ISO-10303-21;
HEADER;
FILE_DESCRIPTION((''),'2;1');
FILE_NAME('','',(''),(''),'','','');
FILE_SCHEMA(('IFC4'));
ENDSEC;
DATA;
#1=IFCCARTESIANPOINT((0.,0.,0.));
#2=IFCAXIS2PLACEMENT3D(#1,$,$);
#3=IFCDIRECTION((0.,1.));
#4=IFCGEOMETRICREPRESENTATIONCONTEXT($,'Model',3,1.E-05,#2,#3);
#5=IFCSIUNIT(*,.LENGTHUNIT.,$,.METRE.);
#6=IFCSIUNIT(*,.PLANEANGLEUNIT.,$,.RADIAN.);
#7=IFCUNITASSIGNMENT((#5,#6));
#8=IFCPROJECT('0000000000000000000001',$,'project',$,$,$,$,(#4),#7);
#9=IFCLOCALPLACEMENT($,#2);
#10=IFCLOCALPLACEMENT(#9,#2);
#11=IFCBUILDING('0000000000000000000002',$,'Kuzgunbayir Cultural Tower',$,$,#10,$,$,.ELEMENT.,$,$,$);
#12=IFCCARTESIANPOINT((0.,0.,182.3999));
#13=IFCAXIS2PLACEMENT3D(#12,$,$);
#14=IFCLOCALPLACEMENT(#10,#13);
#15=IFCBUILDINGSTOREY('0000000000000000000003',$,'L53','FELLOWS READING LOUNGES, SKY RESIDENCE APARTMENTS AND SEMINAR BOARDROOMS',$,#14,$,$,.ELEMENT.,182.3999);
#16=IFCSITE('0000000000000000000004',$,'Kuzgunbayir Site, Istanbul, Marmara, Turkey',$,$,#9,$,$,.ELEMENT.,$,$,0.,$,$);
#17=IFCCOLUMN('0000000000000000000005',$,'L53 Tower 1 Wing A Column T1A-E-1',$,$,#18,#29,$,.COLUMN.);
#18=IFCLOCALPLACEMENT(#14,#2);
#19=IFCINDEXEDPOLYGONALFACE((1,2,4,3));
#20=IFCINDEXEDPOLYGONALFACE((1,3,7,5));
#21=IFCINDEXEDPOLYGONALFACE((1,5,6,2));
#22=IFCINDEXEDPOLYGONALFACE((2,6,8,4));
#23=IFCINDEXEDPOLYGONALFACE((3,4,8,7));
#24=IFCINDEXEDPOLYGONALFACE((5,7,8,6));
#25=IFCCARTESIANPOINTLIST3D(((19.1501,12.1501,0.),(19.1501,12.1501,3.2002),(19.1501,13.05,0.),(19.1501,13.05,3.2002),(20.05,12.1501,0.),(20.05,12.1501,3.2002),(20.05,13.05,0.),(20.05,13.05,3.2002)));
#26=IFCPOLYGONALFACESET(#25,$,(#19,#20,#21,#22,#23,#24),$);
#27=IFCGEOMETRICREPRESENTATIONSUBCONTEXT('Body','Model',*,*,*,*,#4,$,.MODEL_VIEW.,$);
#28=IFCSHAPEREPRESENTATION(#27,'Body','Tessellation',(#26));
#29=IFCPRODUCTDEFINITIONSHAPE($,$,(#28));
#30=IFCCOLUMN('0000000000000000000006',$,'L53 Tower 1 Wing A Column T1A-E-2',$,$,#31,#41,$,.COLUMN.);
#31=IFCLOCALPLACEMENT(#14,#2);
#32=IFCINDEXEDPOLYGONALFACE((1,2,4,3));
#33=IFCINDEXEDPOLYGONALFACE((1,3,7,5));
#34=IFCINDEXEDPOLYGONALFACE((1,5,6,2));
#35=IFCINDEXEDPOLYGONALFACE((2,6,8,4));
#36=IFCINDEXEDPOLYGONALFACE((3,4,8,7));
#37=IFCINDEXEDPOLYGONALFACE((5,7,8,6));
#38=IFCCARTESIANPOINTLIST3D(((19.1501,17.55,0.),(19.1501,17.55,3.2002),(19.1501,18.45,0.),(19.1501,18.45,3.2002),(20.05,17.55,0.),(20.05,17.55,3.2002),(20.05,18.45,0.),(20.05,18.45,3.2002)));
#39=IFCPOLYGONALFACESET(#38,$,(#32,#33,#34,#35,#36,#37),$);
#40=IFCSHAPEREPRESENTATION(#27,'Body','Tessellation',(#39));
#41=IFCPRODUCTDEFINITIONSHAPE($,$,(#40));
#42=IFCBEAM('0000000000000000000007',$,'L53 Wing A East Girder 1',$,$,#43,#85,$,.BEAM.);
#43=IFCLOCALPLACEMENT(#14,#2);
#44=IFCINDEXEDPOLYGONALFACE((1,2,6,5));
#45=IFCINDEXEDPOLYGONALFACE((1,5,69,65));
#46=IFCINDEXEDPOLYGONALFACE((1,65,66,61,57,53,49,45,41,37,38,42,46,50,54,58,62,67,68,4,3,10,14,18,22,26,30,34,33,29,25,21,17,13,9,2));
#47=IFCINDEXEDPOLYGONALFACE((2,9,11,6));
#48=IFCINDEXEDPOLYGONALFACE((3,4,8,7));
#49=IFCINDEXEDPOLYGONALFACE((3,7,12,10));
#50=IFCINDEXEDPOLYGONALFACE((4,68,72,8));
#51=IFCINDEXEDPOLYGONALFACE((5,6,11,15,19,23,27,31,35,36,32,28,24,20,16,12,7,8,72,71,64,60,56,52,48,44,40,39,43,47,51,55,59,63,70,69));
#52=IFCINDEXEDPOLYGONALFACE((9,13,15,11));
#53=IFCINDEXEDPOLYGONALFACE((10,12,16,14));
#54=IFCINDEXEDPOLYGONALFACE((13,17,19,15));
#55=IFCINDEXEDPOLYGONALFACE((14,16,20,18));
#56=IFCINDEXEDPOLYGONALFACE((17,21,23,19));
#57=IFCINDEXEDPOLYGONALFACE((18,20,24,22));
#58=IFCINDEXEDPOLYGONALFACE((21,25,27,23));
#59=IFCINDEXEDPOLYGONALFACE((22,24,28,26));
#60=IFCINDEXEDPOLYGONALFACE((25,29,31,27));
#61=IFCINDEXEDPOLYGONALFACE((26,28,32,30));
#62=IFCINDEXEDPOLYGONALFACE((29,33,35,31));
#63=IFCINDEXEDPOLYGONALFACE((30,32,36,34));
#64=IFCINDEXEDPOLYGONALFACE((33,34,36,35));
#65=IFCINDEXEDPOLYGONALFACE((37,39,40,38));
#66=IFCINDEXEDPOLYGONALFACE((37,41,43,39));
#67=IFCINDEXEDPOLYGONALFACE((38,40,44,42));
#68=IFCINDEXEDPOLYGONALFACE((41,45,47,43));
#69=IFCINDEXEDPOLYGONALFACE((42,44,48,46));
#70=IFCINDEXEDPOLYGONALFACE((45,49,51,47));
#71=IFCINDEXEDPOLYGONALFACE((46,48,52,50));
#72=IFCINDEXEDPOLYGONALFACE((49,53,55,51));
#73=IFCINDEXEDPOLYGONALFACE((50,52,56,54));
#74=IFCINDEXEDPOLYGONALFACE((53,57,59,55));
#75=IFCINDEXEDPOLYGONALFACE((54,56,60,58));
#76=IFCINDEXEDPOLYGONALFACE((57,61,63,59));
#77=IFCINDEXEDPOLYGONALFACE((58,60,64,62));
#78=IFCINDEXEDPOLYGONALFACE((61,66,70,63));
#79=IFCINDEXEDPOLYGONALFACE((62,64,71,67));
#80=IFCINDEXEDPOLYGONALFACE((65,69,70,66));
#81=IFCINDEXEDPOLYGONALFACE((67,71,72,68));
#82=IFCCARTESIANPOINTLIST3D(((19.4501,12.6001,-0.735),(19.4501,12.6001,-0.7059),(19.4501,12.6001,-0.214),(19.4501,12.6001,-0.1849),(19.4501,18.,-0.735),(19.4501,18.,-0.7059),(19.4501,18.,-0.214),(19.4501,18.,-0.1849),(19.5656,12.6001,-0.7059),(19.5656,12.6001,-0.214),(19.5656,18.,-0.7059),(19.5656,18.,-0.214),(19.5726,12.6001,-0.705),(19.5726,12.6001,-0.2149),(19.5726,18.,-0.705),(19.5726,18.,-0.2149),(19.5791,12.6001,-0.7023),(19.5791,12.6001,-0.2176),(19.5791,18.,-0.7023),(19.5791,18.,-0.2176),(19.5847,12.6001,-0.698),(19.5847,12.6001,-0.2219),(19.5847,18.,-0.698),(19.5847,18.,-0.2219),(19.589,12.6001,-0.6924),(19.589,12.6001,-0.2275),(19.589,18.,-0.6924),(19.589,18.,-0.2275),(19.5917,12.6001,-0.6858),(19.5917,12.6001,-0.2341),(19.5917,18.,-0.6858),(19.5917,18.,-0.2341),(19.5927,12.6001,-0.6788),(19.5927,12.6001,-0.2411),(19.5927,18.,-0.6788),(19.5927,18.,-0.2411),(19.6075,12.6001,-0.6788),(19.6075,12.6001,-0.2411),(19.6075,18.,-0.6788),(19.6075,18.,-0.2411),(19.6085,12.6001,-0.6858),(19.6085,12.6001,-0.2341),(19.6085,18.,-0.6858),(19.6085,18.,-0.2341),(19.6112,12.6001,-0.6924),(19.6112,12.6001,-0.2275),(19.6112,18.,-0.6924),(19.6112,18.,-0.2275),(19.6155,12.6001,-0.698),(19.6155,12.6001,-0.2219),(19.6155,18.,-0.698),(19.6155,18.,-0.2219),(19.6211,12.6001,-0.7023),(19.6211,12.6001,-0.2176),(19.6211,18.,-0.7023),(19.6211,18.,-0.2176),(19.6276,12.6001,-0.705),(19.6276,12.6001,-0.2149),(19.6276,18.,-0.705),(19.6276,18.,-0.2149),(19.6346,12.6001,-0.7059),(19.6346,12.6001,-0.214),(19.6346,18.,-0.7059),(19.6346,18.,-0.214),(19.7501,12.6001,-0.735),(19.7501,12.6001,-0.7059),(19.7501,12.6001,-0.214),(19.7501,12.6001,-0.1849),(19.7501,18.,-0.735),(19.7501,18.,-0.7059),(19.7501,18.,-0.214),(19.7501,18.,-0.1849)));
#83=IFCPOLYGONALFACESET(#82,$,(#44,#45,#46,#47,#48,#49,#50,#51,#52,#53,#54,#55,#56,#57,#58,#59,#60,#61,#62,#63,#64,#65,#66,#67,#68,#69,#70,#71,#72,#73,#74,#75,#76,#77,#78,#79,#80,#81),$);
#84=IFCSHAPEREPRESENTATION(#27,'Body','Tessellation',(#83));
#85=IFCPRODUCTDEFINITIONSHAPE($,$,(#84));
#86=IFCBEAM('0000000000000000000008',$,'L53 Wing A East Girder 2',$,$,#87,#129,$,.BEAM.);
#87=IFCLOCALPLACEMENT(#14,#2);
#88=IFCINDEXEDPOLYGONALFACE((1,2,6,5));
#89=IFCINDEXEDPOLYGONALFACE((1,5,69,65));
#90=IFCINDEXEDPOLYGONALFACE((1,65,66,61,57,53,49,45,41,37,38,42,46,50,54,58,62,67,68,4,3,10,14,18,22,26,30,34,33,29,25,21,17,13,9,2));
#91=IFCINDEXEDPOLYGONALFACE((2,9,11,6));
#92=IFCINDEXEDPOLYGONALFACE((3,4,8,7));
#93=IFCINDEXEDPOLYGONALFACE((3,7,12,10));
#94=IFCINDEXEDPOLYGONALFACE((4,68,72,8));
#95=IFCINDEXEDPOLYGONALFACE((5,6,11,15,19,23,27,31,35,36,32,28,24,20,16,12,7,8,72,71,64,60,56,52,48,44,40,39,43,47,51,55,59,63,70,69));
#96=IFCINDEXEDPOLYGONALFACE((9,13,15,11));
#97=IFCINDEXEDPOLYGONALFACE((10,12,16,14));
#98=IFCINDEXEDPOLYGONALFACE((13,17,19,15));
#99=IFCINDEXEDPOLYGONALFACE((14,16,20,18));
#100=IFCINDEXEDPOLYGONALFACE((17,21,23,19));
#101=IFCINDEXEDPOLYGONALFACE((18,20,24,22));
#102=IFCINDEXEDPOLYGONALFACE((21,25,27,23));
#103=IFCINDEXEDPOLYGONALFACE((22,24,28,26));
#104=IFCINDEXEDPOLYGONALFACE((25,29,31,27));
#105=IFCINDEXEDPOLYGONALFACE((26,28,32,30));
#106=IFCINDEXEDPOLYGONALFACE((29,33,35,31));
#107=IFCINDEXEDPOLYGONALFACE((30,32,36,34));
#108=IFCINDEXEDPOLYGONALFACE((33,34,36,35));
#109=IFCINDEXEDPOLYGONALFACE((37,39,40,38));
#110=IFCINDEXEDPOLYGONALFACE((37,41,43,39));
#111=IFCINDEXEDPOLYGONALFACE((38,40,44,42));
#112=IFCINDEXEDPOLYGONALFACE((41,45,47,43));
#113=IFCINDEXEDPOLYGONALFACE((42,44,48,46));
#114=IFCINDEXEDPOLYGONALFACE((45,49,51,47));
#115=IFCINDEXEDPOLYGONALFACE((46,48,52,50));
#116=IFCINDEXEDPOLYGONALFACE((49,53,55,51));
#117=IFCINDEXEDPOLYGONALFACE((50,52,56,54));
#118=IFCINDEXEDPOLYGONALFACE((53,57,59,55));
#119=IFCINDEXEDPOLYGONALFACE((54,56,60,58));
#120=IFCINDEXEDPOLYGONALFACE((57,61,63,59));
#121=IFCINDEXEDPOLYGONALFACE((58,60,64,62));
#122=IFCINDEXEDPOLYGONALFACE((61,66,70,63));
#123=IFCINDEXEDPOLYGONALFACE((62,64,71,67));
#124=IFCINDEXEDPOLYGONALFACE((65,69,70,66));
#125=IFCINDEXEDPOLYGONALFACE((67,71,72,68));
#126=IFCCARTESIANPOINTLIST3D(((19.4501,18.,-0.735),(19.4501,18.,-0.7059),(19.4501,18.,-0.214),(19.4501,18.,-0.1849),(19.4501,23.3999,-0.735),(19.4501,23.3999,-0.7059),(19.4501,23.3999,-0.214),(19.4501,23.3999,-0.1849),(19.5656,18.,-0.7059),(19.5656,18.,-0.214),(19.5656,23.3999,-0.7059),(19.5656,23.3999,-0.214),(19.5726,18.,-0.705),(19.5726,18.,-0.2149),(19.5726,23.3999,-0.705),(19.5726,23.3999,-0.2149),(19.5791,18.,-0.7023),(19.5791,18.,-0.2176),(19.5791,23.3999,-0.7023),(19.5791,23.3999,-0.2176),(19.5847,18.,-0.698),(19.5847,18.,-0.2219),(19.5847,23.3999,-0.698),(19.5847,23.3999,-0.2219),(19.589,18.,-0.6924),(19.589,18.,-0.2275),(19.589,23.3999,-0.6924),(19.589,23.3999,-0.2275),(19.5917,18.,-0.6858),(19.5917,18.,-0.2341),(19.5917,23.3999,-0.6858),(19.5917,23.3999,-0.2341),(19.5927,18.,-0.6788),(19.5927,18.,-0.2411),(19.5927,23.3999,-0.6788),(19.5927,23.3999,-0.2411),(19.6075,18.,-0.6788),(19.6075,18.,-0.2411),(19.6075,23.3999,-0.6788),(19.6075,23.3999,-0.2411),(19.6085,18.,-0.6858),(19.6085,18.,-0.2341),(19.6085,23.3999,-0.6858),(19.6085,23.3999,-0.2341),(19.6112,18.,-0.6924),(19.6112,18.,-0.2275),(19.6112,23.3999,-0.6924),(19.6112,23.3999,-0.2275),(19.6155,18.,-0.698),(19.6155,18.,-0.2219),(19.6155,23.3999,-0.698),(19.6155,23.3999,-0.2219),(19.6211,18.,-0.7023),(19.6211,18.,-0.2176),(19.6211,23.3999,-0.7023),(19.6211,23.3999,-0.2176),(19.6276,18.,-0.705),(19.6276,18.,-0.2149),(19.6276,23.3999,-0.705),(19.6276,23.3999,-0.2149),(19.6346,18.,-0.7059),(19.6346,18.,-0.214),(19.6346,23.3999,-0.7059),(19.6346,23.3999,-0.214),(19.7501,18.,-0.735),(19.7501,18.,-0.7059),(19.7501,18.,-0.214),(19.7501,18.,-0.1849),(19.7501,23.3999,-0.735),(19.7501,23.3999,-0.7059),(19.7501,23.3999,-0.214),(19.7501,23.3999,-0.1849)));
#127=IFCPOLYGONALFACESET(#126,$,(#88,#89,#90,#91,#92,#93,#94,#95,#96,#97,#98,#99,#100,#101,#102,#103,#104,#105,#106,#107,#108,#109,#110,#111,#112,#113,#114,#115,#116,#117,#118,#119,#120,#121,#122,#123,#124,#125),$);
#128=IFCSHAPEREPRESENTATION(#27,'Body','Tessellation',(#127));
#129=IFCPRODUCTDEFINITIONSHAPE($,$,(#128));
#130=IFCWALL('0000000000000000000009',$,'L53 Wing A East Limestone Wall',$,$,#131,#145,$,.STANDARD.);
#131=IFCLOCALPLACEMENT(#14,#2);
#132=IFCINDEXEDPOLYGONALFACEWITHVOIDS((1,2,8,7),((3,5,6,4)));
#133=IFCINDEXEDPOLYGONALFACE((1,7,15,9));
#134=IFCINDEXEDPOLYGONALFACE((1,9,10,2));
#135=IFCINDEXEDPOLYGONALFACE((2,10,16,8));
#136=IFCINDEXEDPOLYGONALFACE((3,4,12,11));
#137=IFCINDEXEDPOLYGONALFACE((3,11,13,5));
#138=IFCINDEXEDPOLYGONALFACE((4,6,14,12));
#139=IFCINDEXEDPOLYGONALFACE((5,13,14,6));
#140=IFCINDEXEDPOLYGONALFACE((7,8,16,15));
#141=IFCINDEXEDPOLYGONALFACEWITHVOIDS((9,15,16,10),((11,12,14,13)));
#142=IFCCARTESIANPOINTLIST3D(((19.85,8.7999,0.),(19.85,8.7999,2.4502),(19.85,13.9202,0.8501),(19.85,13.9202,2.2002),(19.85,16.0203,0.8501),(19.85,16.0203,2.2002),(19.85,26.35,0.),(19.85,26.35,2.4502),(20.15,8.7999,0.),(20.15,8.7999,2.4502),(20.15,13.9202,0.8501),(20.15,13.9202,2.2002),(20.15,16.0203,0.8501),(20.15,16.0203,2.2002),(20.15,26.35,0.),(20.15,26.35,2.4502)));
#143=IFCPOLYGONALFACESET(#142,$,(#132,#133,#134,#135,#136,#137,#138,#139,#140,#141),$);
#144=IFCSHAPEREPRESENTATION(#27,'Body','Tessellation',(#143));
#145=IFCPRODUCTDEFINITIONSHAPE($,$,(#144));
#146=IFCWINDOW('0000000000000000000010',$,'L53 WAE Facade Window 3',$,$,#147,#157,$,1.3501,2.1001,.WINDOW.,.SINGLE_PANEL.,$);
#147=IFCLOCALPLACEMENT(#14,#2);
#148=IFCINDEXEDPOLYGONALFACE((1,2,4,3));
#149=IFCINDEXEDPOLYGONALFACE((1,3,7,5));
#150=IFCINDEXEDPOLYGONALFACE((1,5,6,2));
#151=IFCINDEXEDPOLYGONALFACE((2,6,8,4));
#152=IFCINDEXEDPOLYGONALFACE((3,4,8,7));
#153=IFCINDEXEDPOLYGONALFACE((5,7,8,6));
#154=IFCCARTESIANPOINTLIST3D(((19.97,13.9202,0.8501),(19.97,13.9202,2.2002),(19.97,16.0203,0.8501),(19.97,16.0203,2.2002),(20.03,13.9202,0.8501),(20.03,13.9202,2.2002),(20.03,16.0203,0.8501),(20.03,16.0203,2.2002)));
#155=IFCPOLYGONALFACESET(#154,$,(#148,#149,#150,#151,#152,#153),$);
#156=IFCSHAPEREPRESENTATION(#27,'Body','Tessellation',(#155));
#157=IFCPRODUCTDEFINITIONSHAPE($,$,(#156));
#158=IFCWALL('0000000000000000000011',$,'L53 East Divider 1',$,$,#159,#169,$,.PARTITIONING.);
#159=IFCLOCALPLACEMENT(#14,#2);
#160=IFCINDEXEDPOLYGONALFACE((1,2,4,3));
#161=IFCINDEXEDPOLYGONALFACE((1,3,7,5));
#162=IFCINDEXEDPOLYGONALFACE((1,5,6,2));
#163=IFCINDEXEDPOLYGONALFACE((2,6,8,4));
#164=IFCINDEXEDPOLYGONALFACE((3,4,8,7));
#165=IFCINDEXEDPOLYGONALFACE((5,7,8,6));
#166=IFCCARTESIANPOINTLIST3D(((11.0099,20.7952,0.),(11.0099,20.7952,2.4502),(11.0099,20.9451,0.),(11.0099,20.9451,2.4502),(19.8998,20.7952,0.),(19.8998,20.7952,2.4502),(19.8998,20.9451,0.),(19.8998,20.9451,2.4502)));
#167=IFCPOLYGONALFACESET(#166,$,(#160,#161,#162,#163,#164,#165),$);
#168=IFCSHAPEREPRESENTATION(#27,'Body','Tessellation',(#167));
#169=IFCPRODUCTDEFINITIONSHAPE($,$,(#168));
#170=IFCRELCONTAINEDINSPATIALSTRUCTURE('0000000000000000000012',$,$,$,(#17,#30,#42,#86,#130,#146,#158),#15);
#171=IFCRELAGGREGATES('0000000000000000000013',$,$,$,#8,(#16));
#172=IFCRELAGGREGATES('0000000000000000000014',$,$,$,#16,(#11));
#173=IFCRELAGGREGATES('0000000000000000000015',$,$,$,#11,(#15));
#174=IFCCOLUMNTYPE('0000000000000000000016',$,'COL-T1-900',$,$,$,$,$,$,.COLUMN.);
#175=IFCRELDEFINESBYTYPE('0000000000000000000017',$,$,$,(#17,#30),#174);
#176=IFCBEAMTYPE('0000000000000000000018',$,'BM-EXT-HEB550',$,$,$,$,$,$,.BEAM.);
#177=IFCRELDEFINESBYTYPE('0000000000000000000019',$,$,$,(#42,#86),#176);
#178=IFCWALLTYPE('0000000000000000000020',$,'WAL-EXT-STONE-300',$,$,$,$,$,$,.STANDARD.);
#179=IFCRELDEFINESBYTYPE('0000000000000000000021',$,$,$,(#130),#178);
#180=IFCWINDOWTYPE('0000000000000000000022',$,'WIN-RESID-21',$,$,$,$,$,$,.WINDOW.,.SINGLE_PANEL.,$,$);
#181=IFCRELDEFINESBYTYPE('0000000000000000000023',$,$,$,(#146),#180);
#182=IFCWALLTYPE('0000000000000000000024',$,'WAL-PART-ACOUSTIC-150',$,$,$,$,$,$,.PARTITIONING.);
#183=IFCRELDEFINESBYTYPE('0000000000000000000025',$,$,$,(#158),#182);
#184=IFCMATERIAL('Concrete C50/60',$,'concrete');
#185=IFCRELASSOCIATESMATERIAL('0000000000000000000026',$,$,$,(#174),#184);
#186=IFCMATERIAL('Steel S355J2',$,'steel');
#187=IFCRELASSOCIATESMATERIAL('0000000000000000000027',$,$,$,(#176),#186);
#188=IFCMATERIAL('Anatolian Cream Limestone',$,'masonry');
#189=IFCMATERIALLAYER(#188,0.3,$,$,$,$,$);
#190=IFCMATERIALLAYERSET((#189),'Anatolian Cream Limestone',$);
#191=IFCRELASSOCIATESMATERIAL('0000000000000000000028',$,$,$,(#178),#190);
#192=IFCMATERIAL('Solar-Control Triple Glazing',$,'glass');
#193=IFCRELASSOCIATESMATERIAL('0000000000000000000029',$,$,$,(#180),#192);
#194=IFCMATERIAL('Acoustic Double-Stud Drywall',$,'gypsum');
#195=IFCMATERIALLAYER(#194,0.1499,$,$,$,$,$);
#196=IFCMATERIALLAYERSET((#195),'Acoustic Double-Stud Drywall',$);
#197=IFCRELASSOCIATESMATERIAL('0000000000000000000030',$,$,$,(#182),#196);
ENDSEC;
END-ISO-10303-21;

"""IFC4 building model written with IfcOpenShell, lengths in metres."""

from ifc_helpers import new_model, si_unit, direction, frame, frame_2d, origin, origin_2d, place, context, subcontext, project, spatial, rectangle, i_section, extrude, material, layer, layer_set, material_profile, profile_set, type_object, element, fill, save


model = new_model("IFC4")

# Units and contexts
model_context = context("Model", 3, precision=1e-05, world=origin(), true_north=direction((0.0, 1.0)))
body_context = subcontext(model_context, "Body", "Model", "MODEL_VIEW")
ifc_project = project(units=[si_unit("LENGTHUNIT", "METRE"), si_unit("PLANEANGLEUNIT", "RADIAN")], contexts=[model_context])

# Site, building, storey
site_placement = place(None, origin())
site = spatial("IfcSite", under=ifc_project, at=site_placement, Name="Kuzgunbayir Site, Istanbul, Marmara, Turkey", CompositionType="ELEMENT", RefElevation=0.0)
building_placement = place(site_placement, origin())
building = spatial("IfcBuilding", under=site, at=building_placement, Name="Kuzgunbayir Cultural Tower", CompositionType="ELEMENT")
storey_placement = place(building_placement, frame((0.0, 0.0, 182.3999)))
storey = spatial("IfcBuildingStorey", under=building, at=storey_placement, Name="L53", Description="FELLOWS READING LOUNGES, SKY RESIDENCE APARTMENTS AND SEMINAR BOARDROOMS", CompositionType="ELEMENT", Elevation=182.3999)

# Columns
ifc_material_1 = material(Name="Concrete C50/60", Category="concrete")
ifc_material_profile_1 = material_profile(ifc_material_1, rectangle(XDim=0.8999, YDim=0.8999, at=origin_2d()), Name="RC 900x900")
ifc_profile_set_1 = profile_set([ifc_material_profile_1], Name="Concrete C50/60")
column_type = type_object("IfcColumnType", Name="COL-T1-900", PredefinedType="COLUMN", material=ifc_profile_set_1)
for number, where, z_axis, x_axis, name in (
    (1, (19.6001, 12.6001, 0.0), (0.0, 0.0, 1.0), (1.0, 0.0, 0.0), "L53 Tower 1 Wing A Column T1A-E-1"),
    (2, (19.6001, 18.0, 0.0), (0.0, 0.0, 1.0), (1.0, 0.0, 0.0), "L53 Tower 1 Wing A Column T1A-E-2"),
):
    element("IfcColumn", number, at=place(storey_placement, frame(where, z_axis=z_axis, x_axis=x_axis)), inside=storey, type_object=column_type, Name=name, PredefinedType="COLUMN", context=body_context, shape_type="SweptSolid", body=[
        extrude(rectangle(XDim=0.8999, YDim=0.8999, at=origin_2d()), origin(), (0.0, 0.0, 1.0), 3.2002),
    ])

# Beams
ifc_material_2 = material(Name="Steel S355J2", Category="steel")
ifc_material_profile_2 = material_profile(ifc_material_2, i_section(OverallWidth=0.3, OverallDepth=0.55, WebThickness=0.0149, FlangeThickness=0.0291, FilletRadius=0.0271, at=origin_2d()), Name="HEB 550")
ifc_profile_set_2 = profile_set([ifc_material_profile_2], Name="Steel S355J2")
beam_type = type_object("IfcBeamType", Name="BM-EXT-HEB550", PredefinedType="BEAM", material=ifc_profile_set_2)
for number, where, z_axis, x_axis, name in (
    (3, (19.6001, 12.6001, -0.46), (0.0, 1.0, 0.0), (-1.0, 0.0, 0.0), "L53 Wing A East Girder 1"),
    (4, (19.6001, 18.0, -0.46), (0.0, 1.0, 0.0), (-1.0, 0.0, 0.0), "L53 Wing A East Girder 2"),
):
    element("IfcBeam", number, at=place(storey_placement, frame(where, z_axis=z_axis, x_axis=x_axis)), inside=storey, type_object=beam_type, Name=name, PredefinedType="BEAM", context=body_context, shape_type="SweptSolid", body=[
        extrude(i_section(OverallWidth=0.3, OverallDepth=0.55, WebThickness=0.0149, FlangeThickness=0.0291, FilletRadius=0.0271, at=origin_2d()), origin(), (0.0, 0.0, 1.0), 5.3999),
    ])

# Wall, opening, window
ifc_material_3 = material(Name="Anatolian Cream Limestone", Category="masonry")
ifc_layer_1 = layer(ifc_material_3, 0.3)
ifc_layer_set_1 = layer_set([ifc_layer_1], Name="Anatolian Cream Limestone")
wall_type_1 = type_object("IfcWallType", Name="WAL-EXT-STONE-300", PredefinedType="STANDARD", material=ifc_layer_set_1)
wall_1_placement = place(storey_placement, frame((20.0, 8.8, 0.0), z_axis=(0.0, 0.0, 1.0), x_axis=(0.0, 1.0, 0.0)))
wall_1 = element("IfcWall", 5, at=wall_1_placement, inside=storey, type_object=wall_type_1, Name="L53 Wing A East Limestone Wall", PredefinedType="STANDARD", context=body_context, shape_type="SweptSolid", body=[
    extrude(rectangle(XDim=17.55, YDim=0.3, at=frame_2d((8.7749, 0.0))), origin(), (0.0, 0.0, 1.0), 2.4502),
])
opening_1_placement = place(wall_1_placement, frame((5.1201, 0.0, 0.8501)))
opening_1 = element("IfcOpeningElement", 6, at=opening_1_placement, cuts=wall_1, PredefinedType="OPENING", context=body_context, shape_type="SweptSolid", body=[
    extrude(rectangle(XDim=2.1001, YDim=1.3501, at=frame_2d((1.05, 0.675))), frame((0.0, 0.1602, 0.0), z_axis=(0.0, -1.0, 0.0), x_axis=(1.0, 0.0, 0.0)), (0.0, 0.0, 1.0), 0.3201),
])
ifc_material_4 = material(Name="Solar-Control Triple Glazing", Category="glass")
window_type = type_object("IfcWindowType", Name="WIN-RESID-21", PartitioningType="SINGLE_PANEL", PredefinedType="WINDOW", material=ifc_material_4)
window_placement = place(opening_1_placement, origin())
window = element("IfcWindow", 7, at=window_placement, inside=storey, type_object=window_type, Name="L53 WAE Facade Window 3", OverallHeight=1.3501, OverallWidth=2.1001, PartitioningType="SINGLE_PANEL", PredefinedType="WINDOW", context=body_context, shape_type="SweptSolid", body=[
    extrude(rectangle(XDim=2.1001, YDim=1.3501, at=frame_2d((1.05, 0.675))), frame((0.0, 0.03, 0.0), z_axis=(0.0, -1.0, 0.0), x_axis=(1.0, 0.0, 0.0)), (0.0, 0.0, 1.0), 0.0601),
])
fill(opening_1, window)

# Wall
ifc_material_5 = material(Name="Acoustic Double-Stud Drywall", Category="gypsum")
ifc_layer_2 = layer(ifc_material_5, 0.1499)
ifc_layer_set_2 = layer_set([ifc_layer_2], Name="Acoustic Double-Stud Drywall")
wall_type_2 = type_object("IfcWallType", Name="WAL-PART-ACOUSTIC-150", PredefinedType="PARTITIONING", material=ifc_layer_set_2)
wall_2_placement = place(storey_placement, frame((11.01, 20.8701, 0.0), z_axis=(0.0, 0.0, 1.0), x_axis=(1.0, 0.0, 0.0)))
element("IfcWall", 8, at=wall_2_placement, inside=storey, type_object=wall_type_2, Name="L53 East Divider 1", PredefinedType="PARTITIONING", context=body_context, shape_type="SweptSolid", body=[
    extrude(rectangle(XDim=8.8899, YDim=0.1499, at=frame_2d((4.4448, 0.0))), origin(), (0.0, 0.0, 1.0), 2.4502),
])

save(model, "model.ifc")
